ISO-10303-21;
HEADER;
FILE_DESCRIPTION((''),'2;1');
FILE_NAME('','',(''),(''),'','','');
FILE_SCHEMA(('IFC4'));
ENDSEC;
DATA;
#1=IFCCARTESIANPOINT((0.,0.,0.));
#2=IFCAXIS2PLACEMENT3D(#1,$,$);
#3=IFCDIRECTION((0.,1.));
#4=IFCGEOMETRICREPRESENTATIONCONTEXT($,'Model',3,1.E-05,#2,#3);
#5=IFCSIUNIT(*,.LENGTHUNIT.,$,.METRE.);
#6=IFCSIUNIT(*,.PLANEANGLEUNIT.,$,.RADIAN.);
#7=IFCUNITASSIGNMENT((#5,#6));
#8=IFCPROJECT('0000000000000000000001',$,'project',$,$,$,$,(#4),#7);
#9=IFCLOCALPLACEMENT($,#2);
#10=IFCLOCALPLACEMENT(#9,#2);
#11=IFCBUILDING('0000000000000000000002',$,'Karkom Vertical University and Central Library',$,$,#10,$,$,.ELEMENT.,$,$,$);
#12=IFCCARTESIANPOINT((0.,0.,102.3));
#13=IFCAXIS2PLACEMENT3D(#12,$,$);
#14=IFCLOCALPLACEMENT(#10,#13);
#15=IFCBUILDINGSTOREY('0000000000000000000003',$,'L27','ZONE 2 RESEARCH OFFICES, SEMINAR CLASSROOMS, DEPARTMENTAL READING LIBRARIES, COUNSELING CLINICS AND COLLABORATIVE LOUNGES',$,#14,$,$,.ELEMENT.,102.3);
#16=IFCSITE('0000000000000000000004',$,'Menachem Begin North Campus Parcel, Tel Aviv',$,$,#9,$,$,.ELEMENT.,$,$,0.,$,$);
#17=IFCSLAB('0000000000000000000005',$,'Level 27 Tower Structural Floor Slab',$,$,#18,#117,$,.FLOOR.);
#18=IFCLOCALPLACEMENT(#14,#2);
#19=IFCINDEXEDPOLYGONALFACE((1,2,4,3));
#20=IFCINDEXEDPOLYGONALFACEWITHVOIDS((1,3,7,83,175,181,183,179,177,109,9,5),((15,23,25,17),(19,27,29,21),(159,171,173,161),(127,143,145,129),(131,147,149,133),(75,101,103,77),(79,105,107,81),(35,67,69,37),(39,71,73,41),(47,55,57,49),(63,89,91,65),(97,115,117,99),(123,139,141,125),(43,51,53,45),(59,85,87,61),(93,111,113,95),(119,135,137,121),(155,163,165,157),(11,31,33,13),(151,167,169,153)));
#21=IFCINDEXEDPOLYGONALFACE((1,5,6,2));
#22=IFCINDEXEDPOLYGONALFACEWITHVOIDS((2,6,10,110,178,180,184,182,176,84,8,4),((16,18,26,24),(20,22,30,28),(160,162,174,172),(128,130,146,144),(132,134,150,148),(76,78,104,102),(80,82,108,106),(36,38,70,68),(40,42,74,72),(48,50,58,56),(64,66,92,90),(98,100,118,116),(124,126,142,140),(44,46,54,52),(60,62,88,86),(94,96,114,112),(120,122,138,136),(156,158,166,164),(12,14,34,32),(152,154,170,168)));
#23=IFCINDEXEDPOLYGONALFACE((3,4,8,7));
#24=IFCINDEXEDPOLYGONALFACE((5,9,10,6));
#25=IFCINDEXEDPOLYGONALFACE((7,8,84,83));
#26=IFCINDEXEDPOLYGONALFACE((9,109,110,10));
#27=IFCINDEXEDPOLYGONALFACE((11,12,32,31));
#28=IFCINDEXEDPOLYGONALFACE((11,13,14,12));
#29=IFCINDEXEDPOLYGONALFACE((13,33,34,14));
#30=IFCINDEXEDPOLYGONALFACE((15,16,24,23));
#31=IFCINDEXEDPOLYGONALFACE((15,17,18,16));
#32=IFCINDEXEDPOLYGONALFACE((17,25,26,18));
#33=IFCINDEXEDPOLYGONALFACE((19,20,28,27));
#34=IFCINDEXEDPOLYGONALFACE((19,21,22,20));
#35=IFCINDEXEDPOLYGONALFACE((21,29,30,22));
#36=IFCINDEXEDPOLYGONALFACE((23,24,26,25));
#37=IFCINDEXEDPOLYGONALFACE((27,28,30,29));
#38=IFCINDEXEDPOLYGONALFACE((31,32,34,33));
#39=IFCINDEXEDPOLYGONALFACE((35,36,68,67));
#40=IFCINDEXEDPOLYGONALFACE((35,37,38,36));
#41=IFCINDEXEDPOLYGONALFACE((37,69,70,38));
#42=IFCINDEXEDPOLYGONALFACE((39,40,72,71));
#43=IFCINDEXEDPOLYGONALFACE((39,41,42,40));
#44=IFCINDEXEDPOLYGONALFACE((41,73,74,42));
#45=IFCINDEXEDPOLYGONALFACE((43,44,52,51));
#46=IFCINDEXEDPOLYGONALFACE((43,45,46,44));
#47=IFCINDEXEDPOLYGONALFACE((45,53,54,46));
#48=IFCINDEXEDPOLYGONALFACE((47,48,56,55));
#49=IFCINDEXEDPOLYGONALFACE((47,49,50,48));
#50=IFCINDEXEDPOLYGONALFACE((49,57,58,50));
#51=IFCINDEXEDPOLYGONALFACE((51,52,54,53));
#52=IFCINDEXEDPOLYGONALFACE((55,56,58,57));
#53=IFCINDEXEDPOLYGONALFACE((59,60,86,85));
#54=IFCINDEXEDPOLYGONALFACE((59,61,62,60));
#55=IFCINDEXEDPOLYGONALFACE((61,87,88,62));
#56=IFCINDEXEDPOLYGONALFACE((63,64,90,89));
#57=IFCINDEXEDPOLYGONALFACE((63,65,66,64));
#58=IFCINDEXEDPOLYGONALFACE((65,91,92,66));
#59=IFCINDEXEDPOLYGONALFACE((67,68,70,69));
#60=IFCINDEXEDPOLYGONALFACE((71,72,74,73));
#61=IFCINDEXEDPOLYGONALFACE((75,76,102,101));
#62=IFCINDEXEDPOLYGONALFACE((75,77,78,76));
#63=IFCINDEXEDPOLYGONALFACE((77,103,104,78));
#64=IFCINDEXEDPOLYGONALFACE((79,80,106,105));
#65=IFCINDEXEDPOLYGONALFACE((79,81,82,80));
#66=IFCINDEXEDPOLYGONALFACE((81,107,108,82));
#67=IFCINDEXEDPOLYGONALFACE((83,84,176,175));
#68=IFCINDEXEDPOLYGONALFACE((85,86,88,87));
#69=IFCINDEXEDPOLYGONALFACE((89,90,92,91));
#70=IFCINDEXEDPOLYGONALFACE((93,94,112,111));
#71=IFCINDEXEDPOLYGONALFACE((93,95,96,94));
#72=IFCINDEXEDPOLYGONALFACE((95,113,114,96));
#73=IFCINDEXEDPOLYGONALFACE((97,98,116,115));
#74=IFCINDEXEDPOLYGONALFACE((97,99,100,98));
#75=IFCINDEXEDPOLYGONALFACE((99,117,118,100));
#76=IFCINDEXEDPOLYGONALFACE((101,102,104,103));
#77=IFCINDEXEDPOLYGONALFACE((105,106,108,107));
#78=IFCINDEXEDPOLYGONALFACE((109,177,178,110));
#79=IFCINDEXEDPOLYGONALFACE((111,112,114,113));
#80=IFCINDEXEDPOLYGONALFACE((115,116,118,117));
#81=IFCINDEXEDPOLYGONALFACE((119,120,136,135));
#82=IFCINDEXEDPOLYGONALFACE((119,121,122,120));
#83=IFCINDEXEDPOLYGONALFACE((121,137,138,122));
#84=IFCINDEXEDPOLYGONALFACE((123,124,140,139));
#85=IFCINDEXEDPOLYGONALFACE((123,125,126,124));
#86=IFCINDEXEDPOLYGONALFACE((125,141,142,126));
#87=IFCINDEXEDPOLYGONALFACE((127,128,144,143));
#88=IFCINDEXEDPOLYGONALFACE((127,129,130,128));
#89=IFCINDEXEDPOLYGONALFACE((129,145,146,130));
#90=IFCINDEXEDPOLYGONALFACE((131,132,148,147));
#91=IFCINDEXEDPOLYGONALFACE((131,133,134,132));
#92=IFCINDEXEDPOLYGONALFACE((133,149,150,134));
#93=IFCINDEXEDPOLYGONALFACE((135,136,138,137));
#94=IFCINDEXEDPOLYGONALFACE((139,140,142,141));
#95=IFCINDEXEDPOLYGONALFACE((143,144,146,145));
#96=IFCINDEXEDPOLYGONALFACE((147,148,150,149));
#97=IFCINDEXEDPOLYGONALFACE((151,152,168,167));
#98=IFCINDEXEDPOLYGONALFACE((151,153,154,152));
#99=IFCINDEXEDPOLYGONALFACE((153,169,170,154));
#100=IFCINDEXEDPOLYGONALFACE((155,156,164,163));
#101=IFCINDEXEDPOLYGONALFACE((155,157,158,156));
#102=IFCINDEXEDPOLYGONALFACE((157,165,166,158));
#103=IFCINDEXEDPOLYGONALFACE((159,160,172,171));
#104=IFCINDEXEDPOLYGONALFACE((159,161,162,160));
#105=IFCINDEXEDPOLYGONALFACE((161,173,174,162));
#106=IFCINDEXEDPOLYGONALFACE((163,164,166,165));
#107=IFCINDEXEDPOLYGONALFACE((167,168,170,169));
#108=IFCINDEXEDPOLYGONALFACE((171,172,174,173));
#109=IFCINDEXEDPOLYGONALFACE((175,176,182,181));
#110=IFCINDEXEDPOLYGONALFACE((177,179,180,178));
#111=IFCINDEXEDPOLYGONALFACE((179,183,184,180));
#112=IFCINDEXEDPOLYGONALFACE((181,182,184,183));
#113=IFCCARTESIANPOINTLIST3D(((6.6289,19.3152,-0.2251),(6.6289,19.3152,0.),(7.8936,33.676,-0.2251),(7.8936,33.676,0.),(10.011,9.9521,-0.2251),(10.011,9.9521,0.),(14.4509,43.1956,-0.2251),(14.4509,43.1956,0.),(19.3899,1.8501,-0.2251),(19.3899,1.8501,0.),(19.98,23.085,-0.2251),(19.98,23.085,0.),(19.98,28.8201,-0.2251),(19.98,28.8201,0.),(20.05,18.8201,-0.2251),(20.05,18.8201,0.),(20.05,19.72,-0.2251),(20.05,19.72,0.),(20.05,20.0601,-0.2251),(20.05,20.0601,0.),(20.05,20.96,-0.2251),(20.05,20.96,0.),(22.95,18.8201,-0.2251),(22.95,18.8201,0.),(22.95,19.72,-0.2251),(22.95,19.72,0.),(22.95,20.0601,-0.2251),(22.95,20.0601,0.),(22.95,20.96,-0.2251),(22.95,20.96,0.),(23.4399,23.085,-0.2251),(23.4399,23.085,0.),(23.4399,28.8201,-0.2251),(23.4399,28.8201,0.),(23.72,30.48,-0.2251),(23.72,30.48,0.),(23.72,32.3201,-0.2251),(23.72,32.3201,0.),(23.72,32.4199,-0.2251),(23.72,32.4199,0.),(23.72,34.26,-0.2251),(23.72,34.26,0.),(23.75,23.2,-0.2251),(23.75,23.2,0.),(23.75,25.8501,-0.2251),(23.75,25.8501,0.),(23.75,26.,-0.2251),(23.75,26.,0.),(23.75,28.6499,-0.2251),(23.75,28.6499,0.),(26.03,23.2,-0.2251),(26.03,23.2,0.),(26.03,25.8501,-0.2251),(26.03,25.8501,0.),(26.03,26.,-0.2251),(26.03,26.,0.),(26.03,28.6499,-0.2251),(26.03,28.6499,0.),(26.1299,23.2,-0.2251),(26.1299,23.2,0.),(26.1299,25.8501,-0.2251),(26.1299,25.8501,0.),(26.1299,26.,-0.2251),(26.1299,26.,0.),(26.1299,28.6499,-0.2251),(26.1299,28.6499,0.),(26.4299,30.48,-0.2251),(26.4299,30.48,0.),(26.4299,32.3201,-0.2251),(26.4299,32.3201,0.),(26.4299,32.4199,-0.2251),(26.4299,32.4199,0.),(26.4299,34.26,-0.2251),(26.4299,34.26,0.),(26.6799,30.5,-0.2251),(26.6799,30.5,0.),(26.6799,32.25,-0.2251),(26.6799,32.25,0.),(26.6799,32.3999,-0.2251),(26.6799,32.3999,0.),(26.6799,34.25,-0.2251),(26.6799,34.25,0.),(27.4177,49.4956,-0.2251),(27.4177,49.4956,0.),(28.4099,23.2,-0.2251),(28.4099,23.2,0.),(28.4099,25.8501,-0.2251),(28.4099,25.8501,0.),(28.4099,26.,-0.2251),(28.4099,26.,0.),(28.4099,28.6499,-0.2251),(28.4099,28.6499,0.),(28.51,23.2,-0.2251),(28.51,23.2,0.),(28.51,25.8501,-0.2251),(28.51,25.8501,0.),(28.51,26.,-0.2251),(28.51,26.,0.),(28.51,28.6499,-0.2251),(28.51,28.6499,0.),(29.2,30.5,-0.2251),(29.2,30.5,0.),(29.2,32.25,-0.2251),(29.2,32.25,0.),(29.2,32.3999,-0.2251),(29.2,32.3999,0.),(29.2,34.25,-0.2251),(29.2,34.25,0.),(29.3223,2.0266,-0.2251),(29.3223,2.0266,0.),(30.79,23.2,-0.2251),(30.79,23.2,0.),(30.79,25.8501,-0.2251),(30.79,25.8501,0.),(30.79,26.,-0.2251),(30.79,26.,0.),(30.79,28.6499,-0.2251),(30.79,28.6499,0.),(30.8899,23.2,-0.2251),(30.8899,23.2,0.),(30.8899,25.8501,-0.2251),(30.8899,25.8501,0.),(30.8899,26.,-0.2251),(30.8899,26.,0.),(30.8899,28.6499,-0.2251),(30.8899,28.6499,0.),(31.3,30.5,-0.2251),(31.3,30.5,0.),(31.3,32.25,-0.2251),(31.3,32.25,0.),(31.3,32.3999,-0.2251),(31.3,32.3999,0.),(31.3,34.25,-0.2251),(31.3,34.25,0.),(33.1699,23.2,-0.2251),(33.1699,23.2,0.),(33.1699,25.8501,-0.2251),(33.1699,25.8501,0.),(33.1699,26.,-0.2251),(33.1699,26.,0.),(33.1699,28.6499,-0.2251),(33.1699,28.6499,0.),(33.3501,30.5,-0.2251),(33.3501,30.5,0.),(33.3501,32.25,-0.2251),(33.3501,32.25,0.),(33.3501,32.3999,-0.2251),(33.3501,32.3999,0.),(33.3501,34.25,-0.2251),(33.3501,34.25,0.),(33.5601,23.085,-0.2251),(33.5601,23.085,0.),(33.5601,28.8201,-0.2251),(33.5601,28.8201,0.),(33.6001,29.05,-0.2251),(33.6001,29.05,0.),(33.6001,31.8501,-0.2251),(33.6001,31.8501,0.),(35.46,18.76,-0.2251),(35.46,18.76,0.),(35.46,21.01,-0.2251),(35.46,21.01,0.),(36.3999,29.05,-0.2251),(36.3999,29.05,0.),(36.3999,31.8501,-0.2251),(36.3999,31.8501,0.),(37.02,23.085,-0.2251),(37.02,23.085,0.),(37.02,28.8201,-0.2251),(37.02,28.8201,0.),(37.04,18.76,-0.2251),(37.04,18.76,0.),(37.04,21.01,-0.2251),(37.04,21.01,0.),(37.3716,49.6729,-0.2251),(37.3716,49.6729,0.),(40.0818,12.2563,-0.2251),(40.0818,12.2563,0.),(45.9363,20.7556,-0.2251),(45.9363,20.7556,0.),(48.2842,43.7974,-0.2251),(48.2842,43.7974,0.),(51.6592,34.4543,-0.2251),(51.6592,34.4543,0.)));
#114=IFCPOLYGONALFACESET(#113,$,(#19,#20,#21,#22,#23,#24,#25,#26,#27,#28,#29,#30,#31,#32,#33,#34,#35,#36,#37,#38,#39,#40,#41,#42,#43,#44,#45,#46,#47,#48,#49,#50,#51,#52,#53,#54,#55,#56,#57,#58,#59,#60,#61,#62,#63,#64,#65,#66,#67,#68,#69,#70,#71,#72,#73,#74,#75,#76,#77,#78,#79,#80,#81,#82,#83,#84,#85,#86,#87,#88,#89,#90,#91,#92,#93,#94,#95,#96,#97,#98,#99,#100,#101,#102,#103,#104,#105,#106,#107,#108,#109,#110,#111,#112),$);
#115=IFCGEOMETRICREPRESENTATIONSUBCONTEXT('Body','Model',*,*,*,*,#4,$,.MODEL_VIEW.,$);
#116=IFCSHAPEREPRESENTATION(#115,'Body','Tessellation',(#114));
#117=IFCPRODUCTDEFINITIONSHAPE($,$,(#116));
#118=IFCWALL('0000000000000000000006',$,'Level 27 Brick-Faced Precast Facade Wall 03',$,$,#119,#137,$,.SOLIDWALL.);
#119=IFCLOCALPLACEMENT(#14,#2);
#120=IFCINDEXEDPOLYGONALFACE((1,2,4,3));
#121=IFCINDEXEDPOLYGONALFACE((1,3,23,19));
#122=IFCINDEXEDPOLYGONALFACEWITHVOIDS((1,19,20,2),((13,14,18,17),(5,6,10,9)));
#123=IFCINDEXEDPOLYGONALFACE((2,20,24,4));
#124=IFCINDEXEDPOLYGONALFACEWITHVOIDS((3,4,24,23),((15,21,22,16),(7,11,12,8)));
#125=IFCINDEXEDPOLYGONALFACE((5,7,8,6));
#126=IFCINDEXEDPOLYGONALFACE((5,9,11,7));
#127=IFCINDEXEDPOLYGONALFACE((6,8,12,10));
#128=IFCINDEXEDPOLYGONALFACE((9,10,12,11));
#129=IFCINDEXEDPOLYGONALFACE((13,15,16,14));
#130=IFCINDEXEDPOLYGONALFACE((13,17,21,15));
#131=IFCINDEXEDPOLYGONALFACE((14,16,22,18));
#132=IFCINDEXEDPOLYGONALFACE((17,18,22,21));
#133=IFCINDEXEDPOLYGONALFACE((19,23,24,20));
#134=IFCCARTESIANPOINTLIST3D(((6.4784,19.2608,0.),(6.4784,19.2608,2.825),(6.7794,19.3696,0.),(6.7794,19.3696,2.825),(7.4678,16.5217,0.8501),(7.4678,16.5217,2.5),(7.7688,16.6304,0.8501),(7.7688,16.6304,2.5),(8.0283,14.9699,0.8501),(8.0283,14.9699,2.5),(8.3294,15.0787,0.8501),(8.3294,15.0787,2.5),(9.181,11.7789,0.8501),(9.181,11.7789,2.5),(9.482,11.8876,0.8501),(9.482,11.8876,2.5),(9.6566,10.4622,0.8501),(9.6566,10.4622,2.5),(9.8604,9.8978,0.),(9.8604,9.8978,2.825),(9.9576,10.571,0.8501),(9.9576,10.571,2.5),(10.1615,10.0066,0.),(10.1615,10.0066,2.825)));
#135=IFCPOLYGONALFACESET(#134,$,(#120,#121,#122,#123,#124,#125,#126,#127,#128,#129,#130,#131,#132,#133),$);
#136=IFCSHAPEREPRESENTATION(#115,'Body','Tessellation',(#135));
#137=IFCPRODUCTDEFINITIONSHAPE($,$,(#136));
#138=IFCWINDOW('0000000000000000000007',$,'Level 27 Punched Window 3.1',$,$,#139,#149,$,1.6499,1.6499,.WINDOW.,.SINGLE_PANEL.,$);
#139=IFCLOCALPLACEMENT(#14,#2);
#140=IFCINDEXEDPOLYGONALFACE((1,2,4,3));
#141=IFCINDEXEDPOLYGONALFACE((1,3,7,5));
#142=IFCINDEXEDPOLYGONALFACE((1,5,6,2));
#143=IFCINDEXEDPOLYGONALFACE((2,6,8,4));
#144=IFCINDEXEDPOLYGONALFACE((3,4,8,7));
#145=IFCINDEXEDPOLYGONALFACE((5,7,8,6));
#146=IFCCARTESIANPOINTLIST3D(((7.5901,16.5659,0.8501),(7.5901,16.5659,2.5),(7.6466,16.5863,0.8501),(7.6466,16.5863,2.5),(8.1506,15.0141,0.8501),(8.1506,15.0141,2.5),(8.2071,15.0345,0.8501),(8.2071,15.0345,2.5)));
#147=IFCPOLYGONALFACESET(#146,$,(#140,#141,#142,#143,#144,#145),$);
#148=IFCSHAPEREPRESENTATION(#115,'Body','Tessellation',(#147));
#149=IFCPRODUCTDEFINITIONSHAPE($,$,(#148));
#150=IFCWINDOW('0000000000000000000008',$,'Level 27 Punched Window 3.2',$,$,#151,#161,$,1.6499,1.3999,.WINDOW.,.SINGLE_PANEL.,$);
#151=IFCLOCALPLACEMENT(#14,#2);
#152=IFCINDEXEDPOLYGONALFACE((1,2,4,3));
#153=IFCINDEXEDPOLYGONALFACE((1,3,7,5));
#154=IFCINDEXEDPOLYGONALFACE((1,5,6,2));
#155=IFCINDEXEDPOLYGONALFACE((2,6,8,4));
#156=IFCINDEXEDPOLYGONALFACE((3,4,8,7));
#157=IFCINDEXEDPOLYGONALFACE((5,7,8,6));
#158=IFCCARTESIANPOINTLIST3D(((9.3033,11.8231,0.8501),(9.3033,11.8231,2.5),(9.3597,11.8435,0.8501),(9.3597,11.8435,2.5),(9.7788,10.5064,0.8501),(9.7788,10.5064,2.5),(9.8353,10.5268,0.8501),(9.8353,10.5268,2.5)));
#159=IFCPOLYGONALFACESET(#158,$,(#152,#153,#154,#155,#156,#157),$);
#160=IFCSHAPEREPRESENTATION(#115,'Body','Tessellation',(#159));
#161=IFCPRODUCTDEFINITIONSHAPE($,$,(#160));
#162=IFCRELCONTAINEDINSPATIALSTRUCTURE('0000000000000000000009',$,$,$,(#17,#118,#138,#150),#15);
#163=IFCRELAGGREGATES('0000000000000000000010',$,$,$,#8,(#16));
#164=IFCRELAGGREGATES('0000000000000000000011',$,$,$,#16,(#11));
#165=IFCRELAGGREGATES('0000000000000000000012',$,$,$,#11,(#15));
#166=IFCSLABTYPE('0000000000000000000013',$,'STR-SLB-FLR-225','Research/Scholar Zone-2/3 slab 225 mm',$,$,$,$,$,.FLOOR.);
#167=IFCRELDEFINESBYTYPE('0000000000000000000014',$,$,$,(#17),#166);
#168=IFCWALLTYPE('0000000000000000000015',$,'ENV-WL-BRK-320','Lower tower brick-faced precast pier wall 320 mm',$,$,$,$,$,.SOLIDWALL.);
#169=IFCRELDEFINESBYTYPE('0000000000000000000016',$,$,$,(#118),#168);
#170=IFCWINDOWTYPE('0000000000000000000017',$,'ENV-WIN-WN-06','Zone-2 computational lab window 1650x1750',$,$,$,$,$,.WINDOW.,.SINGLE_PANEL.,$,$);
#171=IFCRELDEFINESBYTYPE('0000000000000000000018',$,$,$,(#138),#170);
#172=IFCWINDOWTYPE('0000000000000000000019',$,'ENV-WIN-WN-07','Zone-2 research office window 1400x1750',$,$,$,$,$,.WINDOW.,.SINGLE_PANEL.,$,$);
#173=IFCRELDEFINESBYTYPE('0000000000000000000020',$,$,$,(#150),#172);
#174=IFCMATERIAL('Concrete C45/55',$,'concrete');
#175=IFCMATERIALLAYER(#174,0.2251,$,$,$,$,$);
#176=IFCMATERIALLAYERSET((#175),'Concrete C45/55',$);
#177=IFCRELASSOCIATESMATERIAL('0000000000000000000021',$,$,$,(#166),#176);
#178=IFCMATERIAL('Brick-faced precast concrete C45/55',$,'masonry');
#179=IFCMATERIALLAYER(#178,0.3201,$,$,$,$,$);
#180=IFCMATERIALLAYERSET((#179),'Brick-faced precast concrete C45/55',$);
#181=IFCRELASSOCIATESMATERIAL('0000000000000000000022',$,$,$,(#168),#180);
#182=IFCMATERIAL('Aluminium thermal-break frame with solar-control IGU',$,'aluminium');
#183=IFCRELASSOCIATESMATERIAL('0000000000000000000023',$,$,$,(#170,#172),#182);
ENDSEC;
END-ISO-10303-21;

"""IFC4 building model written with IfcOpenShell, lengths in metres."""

from ifc_helpers import new_model, si_unit, direction, frame, frame_2d, origin, origin_with_axes, place, context, subcontext, project, spatial, polyline, rectangle, outline, extrude, source, transform, mapped, material, layer, layer_set, type_object, element, fill, save


model = new_model("IFC4")

# Units and contexts
model_context = context("Model", 3, precision=1e-05, world=origin(), true_north=direction((0.0, 1.0)))
body_context = subcontext(model_context, "Body", "Model", "MODEL_VIEW")
ifc_project = project(units=[si_unit("LENGTHUNIT", "METRE"), si_unit("PLANEANGLEUNIT", "RADIAN")], contexts=[model_context])

# Site, building, storey
site_placement = place(None, origin())
site = spatial("IfcSite", under=ifc_project, at=site_placement, Name="Menachem Begin North Campus Parcel, Tel Aviv", CompositionType="ELEMENT", RefElevation=0.0)
building_placement = place(site_placement, origin())
building = spatial("IfcBuilding", under=site, at=building_placement, Name="Karkom Vertical University and Central Library", CompositionType="ELEMENT")
storey_placement = place(building_placement, frame((0.0, 0.0, 102.3)))
storey = spatial("IfcBuildingStorey", under=building, at=storey_placement, Name="L27", Description="ZONE 2 RESEARCH OFFICES, SEMINAR CLASSROOMS, DEPARTMENTAL READING LIBRARIES, COUNSELING CLINICS AND COLLABORATIVE LOUNGES", CompositionType="ELEMENT", Elevation=102.3)

# Shared definitions
ifc_material_1 = material(Name="Concrete C45/55", Category="concrete")

# Slab
ifc_layer_1 = layer(ifc_material_1, 0.2251)
ifc_layer_set_1 = layer_set([ifc_layer_1], Name="Concrete C45/55")
slab_type_1 = type_object("IfcSlabType", Name="STR-SLB-FLR-225", Description="Research/Scholar Zone-2/3 slab 225 mm", PredefinedType="FLOOR", material=ifc_layer_set_1)
slab_1_placement = place(storey_placement, frame((0.0, 0.0, -0.2251)))
element("IfcSlab", 1, at=slab_1_placement, inside=storey, type_object=slab_type_1, Name="Level 27 Tower Structural Floor Slab", PredefinedType="FLOOR", context=body_context, shape_type="SweptSolid", body=[
    extrude(outline(polyline([(14.4509, 43.1956), (7.8936, 33.676), (6.6289, 19.3152), (10.011, 9.9521), (19.3899, 1.8501), (29.3223, 2.0266), (40.0818, 12.2563), (45.9363, 20.7556), (51.6592, 34.4543), (48.2842, 43.7974), (37.3716, 49.6729), (27.4177, 49.4956), (14.4509, 43.1956)]), holes=[polyline([(19.98, 23.085), (23.4399, 23.085), (23.4399, 28.8201), (19.98, 28.8201), (19.98, 23.085)]), polyline([(33.5601, 23.085), (37.02, 23.085), (37.02, 28.8201), (33.5601, 28.8201), (33.5601, 23.085)]), polyline([(23.75, 23.2), (26.03, 23.2), (26.03, 25.8501), (23.75, 25.8501), (23.75, 23.2)]), polyline([(26.1299, 23.2), (28.4099, 23.2), (28.4099, 25.8501), (26.1299, 25.8501), (26.1299, 23.2)]), polyline([(28.51, 23.2), (30.79, 23.2), (30.79, 25.8501), (28.51, 25.8501), (28.51, 23.2)]), polyline([(30.8899, 23.2), (33.1699, 23.2), (33.1699, 25.8501), (30.8899, 25.8501), (30.8899, 23.2)]), polyline([(23.75, 26.0), (26.03, 26.0), (26.03, 28.6499), (23.75, 28.6499), (23.75, 26.0)]), polyline([(26.1299, 26.0), (28.4099, 26.0), (28.4099, 28.6499), (26.1299, 28.6499), (26.1299, 26.0)]), polyline([(28.51, 26.0), (30.79, 26.0), (30.79, 28.6499), (28.51, 28.6499), (28.51, 26.0)]), polyline([(30.8899, 26.0), (33.1699, 26.0), (33.1699, 28.6499), (30.8899, 28.6499), (30.8899, 26.0)]), polyline([(26.6799, 30.5), (29.2, 30.5), (29.2, 32.25), (26.6799, 32.25), (26.6799, 30.5)]), polyline([(26.6799, 32.3999), (29.2, 32.3999), (29.2, 34.25), (26.6799, 34.25), (26.6799, 32.3999)]), polyline([(31.3, 30.5), (33.3501, 30.5), (33.3501, 32.25), (31.3, 32.25), (31.3, 30.5)]), polyline([(31.3, 32.3999), (33.3501, 32.3999), (33.3501, 34.25), (31.3, 34.25), (31.3, 32.3999)]), polyline([(23.72, 30.48), (26.4299, 30.48), (26.4299, 32.3201), (23.72, 32.3201), (23.72, 30.48)]), polyline([(23.72, 32.4199), (26.4299, 32.4199), (26.4299, 34.26), (23.72, 34.26), (23.72, 32.4199)]), polyline([(33.6001, 29.05), (36.3999, 29.05), (36.3999, 31.8501), (33.6001, 31.8501), (33.6001, 29.05)]), polyline([(20.05, 18.8201), (22.95, 18.8201), (22.95, 19.72), (20.05, 19.72), (20.05, 18.8201)]), polyline([(20.05, 20.0601), (22.95, 20.0601), (22.95, 20.96), (20.05, 20.96), (20.05, 20.0601)]), polyline([(35.46, 18.76), (37.04, 18.76), (37.04, 21.01), (35.46, 21.01), (35.46, 18.76)])]), origin(), (0.0, 0.0, 1.0), 0.2251),
])

# Wall, openings, windows
ifc_material_2 = material(Name="Brick-faced precast concrete C45/55", Category="masonry")
ifc_layer_2 = layer(ifc_material_2, 0.3201)
ifc_layer_set_2 = layer_set([ifc_layer_2], Name="Brick-faced precast concrete C45/55")
wall_type_1 = type_object("IfcWallType", Name="ENV-WL-BRK-320", Description="Lower tower brick-faced precast pier wall 320 mm", PredefinedType="SOLIDWALL", material=ifc_layer_set_2)
wall_1_placement = place(storey_placement, frame((6.6289, 19.3152, 0.0), z_axis=(0.0, 0.0, 1.0), x_axis=(0.339732, -0.940522, 0.0)))
wall_1 = element("IfcWall", 2, at=wall_1_placement, inside=storey, type_object=wall_type_1, Name="Level 27 Brick-Faced Precast Facade Wall 03", PredefinedType="SOLIDWALL", context=body_context, shape_type="SweptSolid", body=[
    extrude(rectangle(XDim=9.9551, YDim=0.3201, at=frame_2d((4.9775, 0.0))), origin(), (0.0, 0.0, 1.0), 2.825),
])
opening_1_placement = place(wall_1_placement, frame((2.9124, 0.0, 0.8501)))
opening_1 = element("IfcOpeningElement", 3, at=opening_1_placement, cuts=wall_1, PredefinedType="OPENING", context=body_context, shape_type="SweptSolid", body=[
    extrude(rectangle(XDim=1.6499, YDim=1.6499, at=frame_2d((0.825, 0.825))), frame((0.0, 0.1699, 0.0), z_axis=(0.0, -1.0, 0.0), x_axis=(1.0, 0.0, 0.0)), (0.0, 0.0, 1.0), 0.3401),
])
opening_2_placement = place(wall_1_placement, frame((7.9551, 0.0, 0.8501)))
opening_2 = element("IfcOpeningElement", 4, at=opening_2_placement, cuts=wall_1, PredefinedType="OPENING", context=body_context, shape_type="SweptSolid", body=[
    extrude(rectangle(XDim=1.3999, YDim=1.6499, at=frame_2d((0.7, 0.825))), frame((0.0, 0.1699, 0.0), z_axis=(0.0, -1.0, 0.0), x_axis=(1.0, 0.0, 0.0)), (0.0, 0.0, 1.0), 0.3401),
])
ifc_material_3 = material(Name="Aluminium thermal-break frame with solar-control IGU", Category="aluminium")
window_type_1 = type_object("IfcWindowType", Name="ENV-WIN-WN-06", Description="Zone-2 computational lab window 1650x1750", PartitioningType="SINGLE_PANEL", PredefinedType="WINDOW", material=ifc_material_3)
shared_shape_1 = source(origin_with_axes(), body_context, "Body", "SweptSolid", [
    extrude(rectangle(XDim=1.6499, YDim=1.6499, at=frame_2d((0.825, 0.825))), frame((0.0, 0.03, 0.0), z_axis=(0.0, -1.0, 0.0), x_axis=(1.0, 0.0, 0.0)), (0.0, 0.0, 1.0), 0.0601),
])
window_1_placement = place(opening_1_placement, origin())
window_1 = element("IfcWindow", 5, at=window_1_placement, inside=storey, type_object=window_type_1, Name="Level 27 Punched Window 3.1", OverallHeight=1.6499, OverallWidth=1.6499, PartitioningType="SINGLE_PANEL", PredefinedType="WINDOW", context=body_context, shape_type="MappedRepresentation", body=[
    mapped(shared_shape_1, transform((0.0, 0.0, 0.0), scale=1.0)),
])
fill(opening_1, window_1)
window_type_2 = type_object("IfcWindowType", Name="ENV-WIN-WN-07", Description="Zone-2 research office window 1400x1750", PartitioningType="SINGLE_PANEL", PredefinedType="WINDOW", material=ifc_material_3)
shared_shape_2 = source(origin_with_axes(), body_context, "Body", "SweptSolid", [
    extrude(rectangle(XDim=1.3999, YDim=1.6499, at=frame_2d((0.7, 0.825))), frame((0.0, 0.03, 0.0), z_axis=(0.0, -1.0, 0.0), x_axis=(1.0, 0.0, 0.0)), (0.0, 0.0, 1.0), 0.0601),
])
window_2_placement = place(opening_2_placement, origin())
window_2 = element("IfcWindow", 6, at=window_2_placement, inside=storey, type_object=window_type_2, Name="Level 27 Punched Window 3.2", OverallHeight=1.6499, OverallWidth=1.3999, PartitioningType="SINGLE_PANEL", PredefinedType="WINDOW", context=body_context, shape_type="MappedRepresentation", body=[
    mapped(shared_shape_2, transform((0.0, 0.0, 0.0), scale=1.0)),
])
fill(opening_2, window_2)

save(model, "model.ifc")
